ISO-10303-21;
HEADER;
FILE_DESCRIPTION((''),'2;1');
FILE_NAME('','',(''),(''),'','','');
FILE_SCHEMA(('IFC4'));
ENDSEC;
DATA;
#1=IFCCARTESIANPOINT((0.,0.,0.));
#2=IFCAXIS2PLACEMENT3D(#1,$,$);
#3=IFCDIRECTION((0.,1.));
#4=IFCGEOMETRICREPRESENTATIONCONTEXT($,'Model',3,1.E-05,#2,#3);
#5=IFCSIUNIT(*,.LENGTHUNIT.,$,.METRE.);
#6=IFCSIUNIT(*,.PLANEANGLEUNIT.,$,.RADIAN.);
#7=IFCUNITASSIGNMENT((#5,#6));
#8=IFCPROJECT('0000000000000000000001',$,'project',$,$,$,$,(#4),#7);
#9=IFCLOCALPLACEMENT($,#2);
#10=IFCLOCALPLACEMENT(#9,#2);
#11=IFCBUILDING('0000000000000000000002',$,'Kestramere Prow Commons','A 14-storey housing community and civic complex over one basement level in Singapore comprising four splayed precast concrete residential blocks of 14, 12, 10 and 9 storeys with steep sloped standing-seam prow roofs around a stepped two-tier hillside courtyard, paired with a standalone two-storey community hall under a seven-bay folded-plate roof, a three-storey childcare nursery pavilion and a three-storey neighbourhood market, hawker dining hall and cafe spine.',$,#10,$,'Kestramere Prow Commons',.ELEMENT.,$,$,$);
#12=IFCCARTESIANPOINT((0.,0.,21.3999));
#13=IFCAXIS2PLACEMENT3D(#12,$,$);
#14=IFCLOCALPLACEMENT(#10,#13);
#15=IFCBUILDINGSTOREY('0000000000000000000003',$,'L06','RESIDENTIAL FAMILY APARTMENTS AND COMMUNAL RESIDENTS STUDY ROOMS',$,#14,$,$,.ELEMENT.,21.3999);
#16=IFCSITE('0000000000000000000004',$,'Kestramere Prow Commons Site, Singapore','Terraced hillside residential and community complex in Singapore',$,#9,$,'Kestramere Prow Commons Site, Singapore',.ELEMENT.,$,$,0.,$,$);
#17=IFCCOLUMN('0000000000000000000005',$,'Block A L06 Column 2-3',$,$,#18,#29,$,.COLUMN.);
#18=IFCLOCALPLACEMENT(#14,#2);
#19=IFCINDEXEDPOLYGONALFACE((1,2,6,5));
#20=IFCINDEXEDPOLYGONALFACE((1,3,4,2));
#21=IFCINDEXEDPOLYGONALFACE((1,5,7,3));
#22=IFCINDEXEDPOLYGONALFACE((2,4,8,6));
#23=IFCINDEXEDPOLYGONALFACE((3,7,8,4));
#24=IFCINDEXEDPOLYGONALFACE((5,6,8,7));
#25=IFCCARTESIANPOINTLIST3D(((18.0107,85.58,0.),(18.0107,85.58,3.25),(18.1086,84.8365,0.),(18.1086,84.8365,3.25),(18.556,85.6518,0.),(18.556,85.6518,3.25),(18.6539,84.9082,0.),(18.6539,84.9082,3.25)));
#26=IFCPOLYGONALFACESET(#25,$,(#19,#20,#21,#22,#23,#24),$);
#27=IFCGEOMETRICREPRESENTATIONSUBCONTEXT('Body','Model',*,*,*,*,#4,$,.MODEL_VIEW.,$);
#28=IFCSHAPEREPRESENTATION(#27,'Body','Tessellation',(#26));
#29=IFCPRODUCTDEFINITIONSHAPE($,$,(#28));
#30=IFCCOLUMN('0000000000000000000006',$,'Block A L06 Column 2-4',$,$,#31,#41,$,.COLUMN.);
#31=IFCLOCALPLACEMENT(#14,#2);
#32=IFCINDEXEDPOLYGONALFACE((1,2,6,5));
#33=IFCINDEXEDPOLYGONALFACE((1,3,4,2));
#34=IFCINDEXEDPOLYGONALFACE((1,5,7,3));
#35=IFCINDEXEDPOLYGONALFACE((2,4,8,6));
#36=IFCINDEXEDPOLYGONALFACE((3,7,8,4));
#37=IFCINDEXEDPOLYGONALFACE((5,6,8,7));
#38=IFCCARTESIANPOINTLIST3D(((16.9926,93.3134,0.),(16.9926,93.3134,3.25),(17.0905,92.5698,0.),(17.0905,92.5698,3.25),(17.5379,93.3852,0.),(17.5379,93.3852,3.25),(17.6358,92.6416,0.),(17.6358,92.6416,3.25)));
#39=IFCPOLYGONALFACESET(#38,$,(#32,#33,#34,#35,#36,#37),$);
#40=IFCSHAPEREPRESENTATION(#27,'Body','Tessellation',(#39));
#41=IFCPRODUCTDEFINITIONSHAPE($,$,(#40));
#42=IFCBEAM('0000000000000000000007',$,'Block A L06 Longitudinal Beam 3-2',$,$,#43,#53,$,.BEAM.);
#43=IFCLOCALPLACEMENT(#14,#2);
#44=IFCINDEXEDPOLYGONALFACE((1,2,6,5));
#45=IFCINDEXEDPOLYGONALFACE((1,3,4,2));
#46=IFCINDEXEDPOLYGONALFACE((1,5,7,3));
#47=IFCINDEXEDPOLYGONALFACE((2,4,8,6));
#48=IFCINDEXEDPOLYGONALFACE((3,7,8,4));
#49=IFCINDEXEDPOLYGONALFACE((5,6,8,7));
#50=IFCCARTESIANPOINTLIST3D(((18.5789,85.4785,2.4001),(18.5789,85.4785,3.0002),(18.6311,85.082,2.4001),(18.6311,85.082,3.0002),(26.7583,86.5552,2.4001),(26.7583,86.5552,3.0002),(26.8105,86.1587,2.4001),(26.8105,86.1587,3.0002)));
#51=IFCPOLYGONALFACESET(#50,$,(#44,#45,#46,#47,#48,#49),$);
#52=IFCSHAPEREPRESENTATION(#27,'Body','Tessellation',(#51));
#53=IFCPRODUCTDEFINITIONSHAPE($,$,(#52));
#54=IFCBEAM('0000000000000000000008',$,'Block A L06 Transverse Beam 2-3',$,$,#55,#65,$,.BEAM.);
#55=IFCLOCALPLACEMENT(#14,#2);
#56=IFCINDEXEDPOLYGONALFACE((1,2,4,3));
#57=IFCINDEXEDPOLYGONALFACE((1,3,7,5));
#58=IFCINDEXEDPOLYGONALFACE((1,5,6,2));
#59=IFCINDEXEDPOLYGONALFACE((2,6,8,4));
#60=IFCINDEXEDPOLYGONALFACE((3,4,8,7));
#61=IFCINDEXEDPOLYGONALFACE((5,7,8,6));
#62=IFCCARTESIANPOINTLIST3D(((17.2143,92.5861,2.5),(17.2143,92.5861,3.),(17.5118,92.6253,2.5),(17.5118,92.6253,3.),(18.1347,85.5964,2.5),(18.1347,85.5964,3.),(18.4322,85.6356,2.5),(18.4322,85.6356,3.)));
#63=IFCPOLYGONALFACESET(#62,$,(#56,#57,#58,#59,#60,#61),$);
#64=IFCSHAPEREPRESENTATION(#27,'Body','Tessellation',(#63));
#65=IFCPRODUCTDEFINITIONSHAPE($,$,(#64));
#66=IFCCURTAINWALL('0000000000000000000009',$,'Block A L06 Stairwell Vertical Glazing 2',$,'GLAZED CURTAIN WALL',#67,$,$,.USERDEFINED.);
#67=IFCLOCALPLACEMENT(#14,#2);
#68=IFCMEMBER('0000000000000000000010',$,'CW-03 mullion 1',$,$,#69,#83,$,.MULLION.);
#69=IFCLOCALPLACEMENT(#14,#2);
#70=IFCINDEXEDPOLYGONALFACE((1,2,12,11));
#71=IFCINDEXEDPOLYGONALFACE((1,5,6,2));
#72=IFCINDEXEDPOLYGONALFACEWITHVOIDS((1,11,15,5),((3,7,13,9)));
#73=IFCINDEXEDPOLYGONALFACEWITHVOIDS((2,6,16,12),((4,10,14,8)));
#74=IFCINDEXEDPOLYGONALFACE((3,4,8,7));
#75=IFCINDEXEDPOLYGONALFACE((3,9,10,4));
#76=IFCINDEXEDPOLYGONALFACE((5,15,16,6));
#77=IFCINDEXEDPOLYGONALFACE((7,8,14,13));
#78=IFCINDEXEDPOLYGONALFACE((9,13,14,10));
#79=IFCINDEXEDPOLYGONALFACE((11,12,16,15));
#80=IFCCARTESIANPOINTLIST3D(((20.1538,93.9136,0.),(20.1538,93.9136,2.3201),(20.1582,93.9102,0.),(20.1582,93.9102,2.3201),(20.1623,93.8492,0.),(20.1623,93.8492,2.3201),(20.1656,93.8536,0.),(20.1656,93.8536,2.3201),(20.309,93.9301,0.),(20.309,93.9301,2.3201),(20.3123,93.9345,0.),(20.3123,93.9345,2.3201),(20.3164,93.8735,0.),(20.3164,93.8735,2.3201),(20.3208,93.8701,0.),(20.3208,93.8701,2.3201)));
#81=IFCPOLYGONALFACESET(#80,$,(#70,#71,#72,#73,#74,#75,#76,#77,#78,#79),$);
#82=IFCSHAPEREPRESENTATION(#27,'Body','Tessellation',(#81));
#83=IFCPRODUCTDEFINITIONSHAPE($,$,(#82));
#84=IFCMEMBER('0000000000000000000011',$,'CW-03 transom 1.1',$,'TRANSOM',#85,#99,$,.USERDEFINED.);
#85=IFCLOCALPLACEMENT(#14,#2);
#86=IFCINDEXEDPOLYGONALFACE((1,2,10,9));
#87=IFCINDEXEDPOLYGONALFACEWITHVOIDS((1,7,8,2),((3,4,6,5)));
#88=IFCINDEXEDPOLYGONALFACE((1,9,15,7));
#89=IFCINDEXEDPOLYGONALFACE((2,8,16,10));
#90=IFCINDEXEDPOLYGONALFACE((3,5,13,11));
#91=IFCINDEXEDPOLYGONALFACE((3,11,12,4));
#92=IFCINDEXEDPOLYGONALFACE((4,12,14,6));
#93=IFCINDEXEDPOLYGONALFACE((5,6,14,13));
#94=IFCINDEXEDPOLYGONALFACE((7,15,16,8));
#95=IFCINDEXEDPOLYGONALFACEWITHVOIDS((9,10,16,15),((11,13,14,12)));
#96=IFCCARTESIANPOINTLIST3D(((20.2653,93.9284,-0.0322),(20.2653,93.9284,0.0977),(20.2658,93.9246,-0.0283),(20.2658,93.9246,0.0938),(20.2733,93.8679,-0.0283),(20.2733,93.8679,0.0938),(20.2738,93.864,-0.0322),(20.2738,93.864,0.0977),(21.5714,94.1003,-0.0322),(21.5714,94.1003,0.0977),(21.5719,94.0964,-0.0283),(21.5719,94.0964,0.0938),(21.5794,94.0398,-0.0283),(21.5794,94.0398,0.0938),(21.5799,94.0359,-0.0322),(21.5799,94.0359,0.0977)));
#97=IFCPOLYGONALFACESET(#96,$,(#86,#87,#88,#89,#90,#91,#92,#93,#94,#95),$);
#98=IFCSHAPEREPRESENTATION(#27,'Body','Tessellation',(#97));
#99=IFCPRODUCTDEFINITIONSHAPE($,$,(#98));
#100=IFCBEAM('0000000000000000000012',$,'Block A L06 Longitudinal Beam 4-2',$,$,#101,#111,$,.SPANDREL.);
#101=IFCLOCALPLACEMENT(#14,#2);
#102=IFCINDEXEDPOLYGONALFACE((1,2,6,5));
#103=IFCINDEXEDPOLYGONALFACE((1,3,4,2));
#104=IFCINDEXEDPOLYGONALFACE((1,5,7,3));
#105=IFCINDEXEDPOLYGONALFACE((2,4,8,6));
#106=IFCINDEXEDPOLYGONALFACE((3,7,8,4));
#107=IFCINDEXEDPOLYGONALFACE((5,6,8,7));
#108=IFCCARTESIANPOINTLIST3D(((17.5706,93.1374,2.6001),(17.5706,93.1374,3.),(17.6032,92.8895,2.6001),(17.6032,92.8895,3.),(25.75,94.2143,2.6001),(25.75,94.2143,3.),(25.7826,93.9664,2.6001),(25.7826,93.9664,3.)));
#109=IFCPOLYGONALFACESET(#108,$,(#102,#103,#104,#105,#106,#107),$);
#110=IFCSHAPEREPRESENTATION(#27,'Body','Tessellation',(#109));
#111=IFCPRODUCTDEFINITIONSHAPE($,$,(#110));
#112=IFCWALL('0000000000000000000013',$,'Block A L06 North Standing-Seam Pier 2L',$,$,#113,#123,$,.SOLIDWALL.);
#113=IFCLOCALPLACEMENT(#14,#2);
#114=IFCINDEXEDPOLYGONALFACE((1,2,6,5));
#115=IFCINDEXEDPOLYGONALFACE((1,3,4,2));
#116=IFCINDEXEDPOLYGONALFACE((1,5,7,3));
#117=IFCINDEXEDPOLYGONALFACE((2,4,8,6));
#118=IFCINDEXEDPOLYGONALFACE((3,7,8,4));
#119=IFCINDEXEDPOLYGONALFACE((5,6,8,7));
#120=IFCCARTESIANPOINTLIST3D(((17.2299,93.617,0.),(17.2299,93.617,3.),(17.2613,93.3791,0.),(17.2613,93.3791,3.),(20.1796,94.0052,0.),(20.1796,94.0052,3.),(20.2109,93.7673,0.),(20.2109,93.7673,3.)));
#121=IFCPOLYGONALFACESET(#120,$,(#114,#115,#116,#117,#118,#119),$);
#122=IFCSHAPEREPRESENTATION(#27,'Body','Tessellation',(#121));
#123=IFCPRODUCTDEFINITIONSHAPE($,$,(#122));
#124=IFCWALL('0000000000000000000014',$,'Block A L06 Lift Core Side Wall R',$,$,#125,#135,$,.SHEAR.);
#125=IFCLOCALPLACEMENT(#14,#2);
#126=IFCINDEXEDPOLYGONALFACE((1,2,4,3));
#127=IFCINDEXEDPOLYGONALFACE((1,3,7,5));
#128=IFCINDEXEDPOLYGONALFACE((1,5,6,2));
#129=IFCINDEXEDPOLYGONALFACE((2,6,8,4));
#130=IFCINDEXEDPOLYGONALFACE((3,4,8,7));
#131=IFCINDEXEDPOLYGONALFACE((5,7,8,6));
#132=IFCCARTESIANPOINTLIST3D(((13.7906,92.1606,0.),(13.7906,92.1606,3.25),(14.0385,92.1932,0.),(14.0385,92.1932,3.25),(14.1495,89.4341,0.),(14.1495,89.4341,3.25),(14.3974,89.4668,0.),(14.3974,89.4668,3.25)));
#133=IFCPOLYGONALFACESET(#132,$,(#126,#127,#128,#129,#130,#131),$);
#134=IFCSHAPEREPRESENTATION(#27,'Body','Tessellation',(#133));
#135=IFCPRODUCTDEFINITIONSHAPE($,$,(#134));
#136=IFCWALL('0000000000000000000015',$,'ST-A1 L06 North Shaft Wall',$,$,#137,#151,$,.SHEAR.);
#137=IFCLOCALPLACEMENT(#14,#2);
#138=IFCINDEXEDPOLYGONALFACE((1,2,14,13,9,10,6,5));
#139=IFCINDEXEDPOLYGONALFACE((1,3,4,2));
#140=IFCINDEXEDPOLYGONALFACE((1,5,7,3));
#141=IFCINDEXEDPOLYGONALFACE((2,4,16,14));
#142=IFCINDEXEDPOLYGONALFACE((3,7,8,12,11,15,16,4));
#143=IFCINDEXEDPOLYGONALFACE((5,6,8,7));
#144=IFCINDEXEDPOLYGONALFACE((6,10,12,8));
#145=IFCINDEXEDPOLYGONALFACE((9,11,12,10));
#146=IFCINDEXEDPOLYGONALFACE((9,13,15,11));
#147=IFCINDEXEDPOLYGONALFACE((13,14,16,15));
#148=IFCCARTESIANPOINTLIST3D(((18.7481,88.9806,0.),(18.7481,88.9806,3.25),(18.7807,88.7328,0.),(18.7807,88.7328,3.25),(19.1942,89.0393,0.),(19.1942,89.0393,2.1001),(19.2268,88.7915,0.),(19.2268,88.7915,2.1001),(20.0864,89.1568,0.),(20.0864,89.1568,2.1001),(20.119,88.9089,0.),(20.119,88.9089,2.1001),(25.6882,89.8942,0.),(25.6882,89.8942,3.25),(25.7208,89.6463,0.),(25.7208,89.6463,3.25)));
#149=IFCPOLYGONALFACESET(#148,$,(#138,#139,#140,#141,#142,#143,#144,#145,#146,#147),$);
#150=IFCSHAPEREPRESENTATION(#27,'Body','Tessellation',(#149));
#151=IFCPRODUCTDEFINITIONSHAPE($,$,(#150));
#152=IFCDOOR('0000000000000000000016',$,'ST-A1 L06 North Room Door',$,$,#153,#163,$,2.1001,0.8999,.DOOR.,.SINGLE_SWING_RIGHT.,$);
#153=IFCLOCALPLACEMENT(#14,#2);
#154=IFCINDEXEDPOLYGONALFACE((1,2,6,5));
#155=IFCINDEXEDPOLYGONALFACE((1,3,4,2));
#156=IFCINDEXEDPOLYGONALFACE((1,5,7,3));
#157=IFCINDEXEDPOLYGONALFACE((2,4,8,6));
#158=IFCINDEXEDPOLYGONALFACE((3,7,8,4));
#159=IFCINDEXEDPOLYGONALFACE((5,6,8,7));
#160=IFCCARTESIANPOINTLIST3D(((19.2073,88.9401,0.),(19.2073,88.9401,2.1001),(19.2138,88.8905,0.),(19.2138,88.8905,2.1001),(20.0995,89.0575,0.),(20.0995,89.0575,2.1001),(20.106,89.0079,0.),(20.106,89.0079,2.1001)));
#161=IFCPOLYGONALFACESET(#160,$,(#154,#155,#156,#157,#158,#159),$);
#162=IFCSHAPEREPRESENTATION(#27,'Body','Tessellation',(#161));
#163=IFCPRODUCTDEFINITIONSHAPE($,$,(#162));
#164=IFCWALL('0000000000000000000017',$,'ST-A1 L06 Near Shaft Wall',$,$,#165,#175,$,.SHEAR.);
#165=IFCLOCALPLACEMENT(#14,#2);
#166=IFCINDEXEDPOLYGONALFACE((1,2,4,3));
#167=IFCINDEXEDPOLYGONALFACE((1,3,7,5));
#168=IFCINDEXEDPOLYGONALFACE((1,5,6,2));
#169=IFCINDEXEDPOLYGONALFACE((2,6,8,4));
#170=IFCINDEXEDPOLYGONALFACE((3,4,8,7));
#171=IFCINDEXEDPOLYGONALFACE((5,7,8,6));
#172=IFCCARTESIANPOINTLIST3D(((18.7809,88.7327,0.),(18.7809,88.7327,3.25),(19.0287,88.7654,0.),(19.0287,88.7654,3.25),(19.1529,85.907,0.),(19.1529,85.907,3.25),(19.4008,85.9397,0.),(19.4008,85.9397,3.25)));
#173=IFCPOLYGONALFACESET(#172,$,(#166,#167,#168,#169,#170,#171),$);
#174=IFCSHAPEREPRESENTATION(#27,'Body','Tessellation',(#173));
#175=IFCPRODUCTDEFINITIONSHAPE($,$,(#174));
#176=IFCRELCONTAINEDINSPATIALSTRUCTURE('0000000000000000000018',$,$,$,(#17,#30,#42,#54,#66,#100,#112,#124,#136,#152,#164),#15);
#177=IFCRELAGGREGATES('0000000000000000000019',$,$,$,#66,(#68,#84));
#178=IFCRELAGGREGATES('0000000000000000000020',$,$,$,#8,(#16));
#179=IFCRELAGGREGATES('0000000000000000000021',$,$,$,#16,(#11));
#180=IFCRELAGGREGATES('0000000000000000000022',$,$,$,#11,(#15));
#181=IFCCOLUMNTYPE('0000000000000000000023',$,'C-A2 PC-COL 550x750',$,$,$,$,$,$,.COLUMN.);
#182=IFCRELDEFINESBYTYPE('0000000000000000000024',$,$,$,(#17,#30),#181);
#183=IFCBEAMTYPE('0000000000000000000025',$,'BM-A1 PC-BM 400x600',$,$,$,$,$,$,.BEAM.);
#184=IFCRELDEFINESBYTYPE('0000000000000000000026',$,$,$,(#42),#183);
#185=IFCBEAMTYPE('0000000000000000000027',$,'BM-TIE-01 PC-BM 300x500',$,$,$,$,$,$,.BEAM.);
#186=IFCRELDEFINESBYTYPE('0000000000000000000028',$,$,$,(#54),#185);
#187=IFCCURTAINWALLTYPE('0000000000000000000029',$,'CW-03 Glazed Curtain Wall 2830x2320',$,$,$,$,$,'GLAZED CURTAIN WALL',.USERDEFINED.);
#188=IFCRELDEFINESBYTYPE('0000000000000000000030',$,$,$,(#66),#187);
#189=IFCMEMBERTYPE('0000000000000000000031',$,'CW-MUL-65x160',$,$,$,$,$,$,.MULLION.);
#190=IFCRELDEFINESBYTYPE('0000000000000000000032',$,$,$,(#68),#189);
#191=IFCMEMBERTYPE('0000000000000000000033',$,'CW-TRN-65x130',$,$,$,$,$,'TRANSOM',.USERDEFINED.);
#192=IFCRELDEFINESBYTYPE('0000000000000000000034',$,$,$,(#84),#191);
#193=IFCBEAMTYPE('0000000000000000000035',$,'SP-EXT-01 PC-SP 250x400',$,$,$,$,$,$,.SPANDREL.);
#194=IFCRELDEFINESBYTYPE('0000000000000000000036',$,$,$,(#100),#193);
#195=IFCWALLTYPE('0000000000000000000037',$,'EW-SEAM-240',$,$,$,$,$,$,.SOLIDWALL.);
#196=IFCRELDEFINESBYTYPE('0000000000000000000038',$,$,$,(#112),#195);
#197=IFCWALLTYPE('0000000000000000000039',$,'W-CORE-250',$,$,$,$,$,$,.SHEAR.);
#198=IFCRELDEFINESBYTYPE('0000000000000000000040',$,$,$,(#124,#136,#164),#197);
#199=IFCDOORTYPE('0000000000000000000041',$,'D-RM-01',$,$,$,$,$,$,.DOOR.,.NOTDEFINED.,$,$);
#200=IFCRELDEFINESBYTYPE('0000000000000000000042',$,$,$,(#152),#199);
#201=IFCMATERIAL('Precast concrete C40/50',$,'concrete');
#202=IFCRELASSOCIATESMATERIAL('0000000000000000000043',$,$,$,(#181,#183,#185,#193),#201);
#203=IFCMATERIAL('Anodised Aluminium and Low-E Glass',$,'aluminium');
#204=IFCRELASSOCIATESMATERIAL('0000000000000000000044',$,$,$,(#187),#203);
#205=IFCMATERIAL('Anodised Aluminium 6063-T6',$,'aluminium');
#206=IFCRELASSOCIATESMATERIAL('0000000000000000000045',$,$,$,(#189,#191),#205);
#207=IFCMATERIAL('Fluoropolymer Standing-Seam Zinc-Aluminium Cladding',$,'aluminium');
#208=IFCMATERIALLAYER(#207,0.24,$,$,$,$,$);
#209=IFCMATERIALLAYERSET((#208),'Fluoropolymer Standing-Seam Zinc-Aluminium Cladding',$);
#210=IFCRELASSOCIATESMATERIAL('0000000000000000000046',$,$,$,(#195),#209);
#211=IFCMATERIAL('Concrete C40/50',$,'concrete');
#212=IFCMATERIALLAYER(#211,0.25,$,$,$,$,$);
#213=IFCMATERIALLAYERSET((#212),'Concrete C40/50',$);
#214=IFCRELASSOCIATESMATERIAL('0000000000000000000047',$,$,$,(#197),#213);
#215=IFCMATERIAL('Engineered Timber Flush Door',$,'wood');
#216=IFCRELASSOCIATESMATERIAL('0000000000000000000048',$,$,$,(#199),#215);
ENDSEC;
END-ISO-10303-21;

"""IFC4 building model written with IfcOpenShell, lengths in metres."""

from ifc_helpers import new_model, si_unit, direction, frame, frame_2d, origin, origin_2d, place, context, subcontext, project, spatial, rectangle, hollow_rectangle, extrude, material, layer, layer_set, material_profile, profile_set, type_object, element, fill, aggregate, save


model = new_model("IFC4")

# Units and contexts
model_context = context("Model", 3, precision=1e-05, world=origin(), true_north=direction((0.0, 1.0)))
body_context = subcontext(model_context, "Body", "Model", "MODEL_VIEW")
ifc_project = project(units=[si_unit("LENGTHUNIT", "METRE"), si_unit("PLANEANGLEUNIT", "RADIAN")], contexts=[model_context])

# Site, building, storey
site_placement = place(None, origin())
site = spatial("IfcSite", under=ifc_project, at=site_placement, Name="Kestramere Prow Commons Site, Singapore", Description="Terraced hillside residential and community complex in Singapore", LongName="Kestramere Prow Commons Site, Singapore", CompositionType="ELEMENT", RefElevation=0.0)
building_placement = place(site_placement, origin())
building = spatial("IfcBuilding", under=site, at=building_placement, Name="Kestramere Prow Commons", Description="A 14-storey housing community and civic complex over one basement level in Singapore comprising four splayed precast concrete residential blocks of 14, 12, 10 and 9 storeys with steep sloped standing-seam prow roofs around a stepped two-tier hillside courtyard, paired with a standalone two-storey community hall under a seven-bay folded-plate roof, a three-storey childcare nursery pavilion and a three-storey neighbourhood market, hawker dining hall and cafe spine.", LongName="Kestramere Prow Commons", CompositionType="ELEMENT")
storey_placement = place(building_placement, frame((0.0, 0.0, 21.3999)))
storey = spatial("IfcBuildingStorey", under=building, at=storey_placement, Name="L06", Description="RESIDENTIAL FAMILY APARTMENTS AND COMMUNAL RESIDENTS STUDY ROOMS", CompositionType="ELEMENT", Elevation=21.3999)

# Columns
ifc_material_1 = material(Name="Precast concrete C40/50", Category="concrete")
ifc_material_profile_1 = material_profile(ifc_material_1, rectangle(XDim=0.55, YDim=0.75, at=origin_2d()), Name="PC-COL 550x750")
ifc_profile_set_1 = profile_set([ifc_material_profile_1], Name="Precast concrete C40/50")
column_type = type_object("IfcColumnType", Name="C-A2 PC-COL 550x750", PredefinedType="COLUMN", material=ifc_profile_set_1)
for number, where, z_axis, x_axis, name in (
    (1, (18.3323, 85.2441, 0.0), (0.0, 0.0, 1.0), (0.991445, 0.130526, 0.0), "Block A L06 Column 2-3"),
    (2, (17.3142, 92.9775, 0.0), (0.0, 0.0, 1.0), (0.991445, 0.130526, 0.0), "Block A L06 Column 2-4"),
):
    element("IfcColumn", number, at=place(storey_placement, frame(where, z_axis=z_axis, x_axis=x_axis)), inside=storey, type_object=column_type, Name=name, PredefinedType="COLUMN", context=body_context, shape_type="SweptSolid", body=[
        extrude(rectangle(XDim=0.55, YDim=0.75, at=origin_2d()), origin(), (0.0, 0.0, 1.0), 3.25),
    ])

# Beams
ifc_material_profile_2 = material_profile(ifc_material_1, rectangle(XDim=0.3999, YDim=0.6001, at=origin_2d()), Name="PC-BM 400x600")
ifc_profile_set_2 = profile_set([ifc_material_profile_2], Name="Precast concrete C40/50")
beam_type_1 = type_object("IfcBeamType", Name="BM-A1 PC-BM 400x600", PredefinedType="BEAM", material=ifc_profile_set_2)
beam_1_placement = place(storey_placement, frame((18.605, 85.2803, 2.7002), z_axis=(0.991448, 0.130504, 0.0), x_axis=(-0.130504, 0.991448, 0.0)))
element("IfcBeam", 3, at=beam_1_placement, inside=storey, type_object=beam_type_1, Name="Block A L06 Longitudinal Beam 3-2", PredefinedType="BEAM", context=body_context, shape_type="SweptSolid", body=[
    extrude(rectangle(XDim=0.3999, YDim=0.6001, at=origin_2d()), origin(), (0.0, 0.0, 1.0), 8.25),
])
ifc_material_profile_3 = material_profile(ifc_material_1, rectangle(XDim=0.3, YDim=0.5, at=origin_2d()), Name="PC-BM 300x500")
ifc_profile_set_3 = profile_set([ifc_material_profile_3], Name="Precast concrete C40/50")
beam_type_2 = type_object("IfcBeamType", Name="BM-TIE-01 PC-BM 300x500", PredefinedType="BEAM", material=ifc_profile_set_3)
beam_2_placement = place(storey_placement, frame((18.2834, 85.616, 2.75), z_axis=(-0.130553, 0.991441, 0.0), x_axis=(-0.991441, -0.130553, 0.0)))
element("IfcBeam", 4, at=beam_2_placement, inside=storey, type_object=beam_type_2, Name="Block A L06 Transverse Beam 2-3", PredefinedType="BEAM", context=body_context, shape_type="SweptSolid", body=[
    extrude(rectangle(XDim=0.3, YDim=0.5, at=origin_2d()), origin(), (0.0, 0.0, 1.0), 7.05),
])

# Curtain wall, members
ifc_material_2 = material(Name="Anodised Aluminium and Low-E Glass", Category="aluminium")
curtain_wall_type = type_object("IfcCurtainWallType", Name="CW-03 Glazed Curtain Wall 2830x2320", ElementType="GLAZED CURTAIN WALL", PredefinedType="USERDEFINED", material=ifc_material_2)
curtain_wall_placement = place(storey_placement, origin())
curtain_wall = element("IfcCurtainWall", 5, at=curtain_wall_placement, inside=storey, type_object=curtain_wall_type, Name="Block A L06 Stairwell Vertical Glazing 2", ObjectType="GLAZED CURTAIN WALL", PredefinedType="USERDEFINED")
ifc_material_3 = material(Name="Anodised Aluminium 6063-T6", Category="aluminium")
ifc_material_profile_4 = material_profile(ifc_material_3, hollow_rectangle(XDim=0.0649, YDim=0.1599, WallThickness=0.0039, at=origin_2d()), Name="ALU-MUL 65x160")
ifc_profile_set_4 = profile_set([ifc_material_profile_4], Name="Anodised Aluminium 6063-T6")
member_type_1 = type_object("IfcMemberType", Name="CW-MUL-65x160", PredefinedType="MULLION", material=ifc_profile_set_4)
member_1_placement = place(storey_placement, frame((20.2373, 93.8918, 0.0), z_axis=(0.0, 0.0, 1.0), x_axis=(-0.130526, 0.991445, 0.0)))
member_1 = element("IfcMember", 6, at=member_1_placement, type_object=member_type_1, Name="CW-03 mullion 1", PredefinedType="MULLION", context=body_context, shape_type="SweptSolid", body=[
    extrude(hollow_rectangle(XDim=0.0649, YDim=0.1599, WallThickness=0.0039, at=origin_2d()), origin(), (0.0, 0.0, 1.0), 2.3201),
])
ifc_material_profile_5 = material_profile(ifc_material_3, hollow_rectangle(XDim=0.0649, YDim=0.1299, WallThickness=0.0039, at=origin_2d()), Name="ALU-TRN 65x130")
ifc_profile_set_5 = profile_set([ifc_material_profile_5], Name="Anodised Aluminium 6063-T6")
member_type_2 = type_object("IfcMemberType", Name="CW-TRN-65x130", ElementType="TRANSOM", PredefinedType="USERDEFINED", material=ifc_profile_set_5)
member_2_placement = place(storey_placement, frame((20.2695, 93.8962, 0.0327), z_axis=(0.991453, 0.130464, 0.0), x_axis=(-0.130464, 0.991453, 0.0)))
member_2 = element("IfcMember", 7, at=member_2_placement, type_object=member_type_2, Name="CW-03 transom 1.1", ObjectType="TRANSOM", PredefinedType="USERDEFINED", context=body_context, shape_type="SweptSolid", body=[
    extrude(hollow_rectangle(XDim=0.0649, YDim=0.1299, WallThickness=0.0039, at=origin_2d()), origin(), (0.0, 0.0, 1.0), 1.3174),
])
aggregate(curtain_wall, [member_1, member_2])

# Beam
ifc_material_profile_6 = material_profile(ifc_material_1, rectangle(XDim=0.25, YDim=0.3999, at=origin_2d()), Name="PC-SP 250x400")
ifc_profile_set_6 = profile_set([ifc_material_profile_6], Name="Precast concrete C40/50")
beam_type_3 = type_object("IfcBeamType", Name="SP-EXT-01 PC-SP 250x400", PredefinedType="SPANDREL", material=ifc_profile_set_6)
beam_3_placement = place(storey_placement, frame((17.5869, 93.0134, 2.8), z_axis=(0.991444, 0.130533, 0.0), x_axis=(-0.130533, 0.991444, 0.0)))
element("IfcBeam", 8, at=beam_3_placement, inside=storey, type_object=beam_type_3, Name="Block A L06 Longitudinal Beam 4-2", PredefinedType="SPANDREL", context=body_context, shape_type="SweptSolid", body=[
    extrude(rectangle(XDim=0.25, YDim=0.3999, at=origin_2d()), origin(), (0.0, 0.0, 1.0), 8.25),
])

# Wall
ifc_material_4 = material(Name="Fluoropolymer Standing-Seam Zinc-Aluminium Cladding", Category="aluminium")
ifc_layer_1 = layer(ifc_material_4, 0.24)
ifc_layer_set_1 = layer_set([ifc_layer_1], Name="Fluoropolymer Standing-Seam Zinc-Aluminium Cladding")
wall_type_1 = type_object("IfcWallType", Name="EW-SEAM-240", PredefinedType="SOLIDWALL", material=ifc_layer_set_1)
wall_1_placement = place(storey_placement, frame((17.2456, 93.498, 0.0), z_axis=(0.0, 0.0, 1.0), x_axis=(0.991452, 0.130476, 0.0)))
element("IfcWall", 9, at=wall_1_placement, inside=storey, type_object=wall_type_1, Name="Block A L06 North Standing-Seam Pier 2L", PredefinedType="SOLIDWALL", context=body_context, shape_type="SweptSolid", body=[
    extrude(rectangle(XDim=2.9751, YDim=0.24, at=frame_2d((1.4875, 0.0))), origin(), (0.0, 0.0, 1.0), 3.0),
])

# Shared definitions
ifc_material_5 = material(Name="Concrete C40/50", Category="concrete")
ifc_layer_2 = layer(ifc_material_5, 0.25)
ifc_layer_set_2 = layer_set([ifc_layer_2], Name="Concrete C40/50")
wall_type_2 = type_object("IfcWallType", Name="W-CORE-250", PredefinedType="SHEAR", material=ifc_layer_set_2)

# Wall
wall_2_placement = place(storey_placement, frame((14.2734, 89.4504, 0.0), z_axis=(0.0, 0.0, 1.0), x_axis=(-0.1305, 0.991448, 0.0)))
element("IfcWall", 10, at=wall_2_placement, inside=storey, type_object=wall_type_2, Name="Block A L06 Lift Core Side Wall R", PredefinedType="SHEAR", context=body_context, shape_type="SweptSolid", body=[
    extrude(rectangle(XDim=2.75, YDim=0.25, at=frame_2d((1.375, 0.0))), origin(), (0.0, 0.0, 1.0), 3.25),
])

# Wall, opening, door
wall_3_placement = place(storey_placement, frame((18.7644, 88.8567, 0.0), z_axis=(0.0, 0.0, 1.0), x_axis=(0.991447, 0.13051, 0.0)))
wall_3 = element("IfcWall", 11, at=wall_3_placement, inside=storey, type_object=wall_type_2, Name="ST-A1 L06 North Shaft Wall", PredefinedType="SHEAR", context=body_context, shape_type="SweptSolid", body=[
    extrude(rectangle(XDim=7.0, YDim=0.25, at=frame_2d((3.5, 0.0))), origin(), (0.0, 0.0, 1.0), 3.25),
])
opening_1_placement = place(wall_3_placement, frame((0.45, 0.0, 0.0)))
opening_1 = element("IfcOpeningElement", 12, at=opening_1_placement, cuts=wall_3, PredefinedType="OPENING", context=body_context, shape_type="SweptSolid", body=[
    extrude(rectangle(XDim=0.8999, YDim=2.1001, at=frame_2d((0.45, 1.05))), frame((0.0, 0.1399, 0.0), z_axis=(0.0, -1.0, 0.0), x_axis=(1.0, 0.0, 0.0)), (0.0, 0.0, 1.0), 0.28),
])
ifc_material_6 = material(Name="Engineered Timber Flush Door", Category="wood")
door_type_1 = type_object("IfcDoorType", Name="D-RM-01", OperationType="NOTDEFINED", PredefinedType="DOOR", material=ifc_material_6)
door_1_placement = place(opening_1_placement, origin())
door_1 = element("IfcDoor", 13, at=door_1_placement, inside=storey, type_object=door_type_1, Name="ST-A1 L06 North Room Door", OperationType="SINGLE_SWING_RIGHT", OverallHeight=2.1001, OverallWidth=0.8999, PredefinedType="DOOR", context=body_context, shape_type="SweptSolid", body=[
    extrude(rectangle(XDim=0.8999, YDim=2.1001, at=frame_2d((0.45, 1.05))), frame((0.0, 0.0249, 0.0), z_axis=(0.0, -1.0, 0.0), x_axis=(1.0, 0.0, 0.0)), (0.0, 0.0, 1.0), 0.05),
])
fill(opening_1, door_1)

# Wall
wall_4_placement = place(storey_placement, frame((19.2769, 85.9233, 0.0), z_axis=(0.0, 0.0, 1.0), x_axis=(-0.130548, 0.991442, 0.0)))
element("IfcWall", 14, at=wall_4_placement, inside=storey, type_object=wall_type_2, Name="ST-A1 L06 Near Shaft Wall", PredefinedType="SHEAR", context=body_context, shape_type="SweptSolid", body=[
    extrude(rectangle(XDim=2.8501, YDim=0.25, at=frame_2d((1.425, 0.0))), origin(), (0.0, 0.0, 1.0), 3.25),
])

save(model, "model.ifc")
